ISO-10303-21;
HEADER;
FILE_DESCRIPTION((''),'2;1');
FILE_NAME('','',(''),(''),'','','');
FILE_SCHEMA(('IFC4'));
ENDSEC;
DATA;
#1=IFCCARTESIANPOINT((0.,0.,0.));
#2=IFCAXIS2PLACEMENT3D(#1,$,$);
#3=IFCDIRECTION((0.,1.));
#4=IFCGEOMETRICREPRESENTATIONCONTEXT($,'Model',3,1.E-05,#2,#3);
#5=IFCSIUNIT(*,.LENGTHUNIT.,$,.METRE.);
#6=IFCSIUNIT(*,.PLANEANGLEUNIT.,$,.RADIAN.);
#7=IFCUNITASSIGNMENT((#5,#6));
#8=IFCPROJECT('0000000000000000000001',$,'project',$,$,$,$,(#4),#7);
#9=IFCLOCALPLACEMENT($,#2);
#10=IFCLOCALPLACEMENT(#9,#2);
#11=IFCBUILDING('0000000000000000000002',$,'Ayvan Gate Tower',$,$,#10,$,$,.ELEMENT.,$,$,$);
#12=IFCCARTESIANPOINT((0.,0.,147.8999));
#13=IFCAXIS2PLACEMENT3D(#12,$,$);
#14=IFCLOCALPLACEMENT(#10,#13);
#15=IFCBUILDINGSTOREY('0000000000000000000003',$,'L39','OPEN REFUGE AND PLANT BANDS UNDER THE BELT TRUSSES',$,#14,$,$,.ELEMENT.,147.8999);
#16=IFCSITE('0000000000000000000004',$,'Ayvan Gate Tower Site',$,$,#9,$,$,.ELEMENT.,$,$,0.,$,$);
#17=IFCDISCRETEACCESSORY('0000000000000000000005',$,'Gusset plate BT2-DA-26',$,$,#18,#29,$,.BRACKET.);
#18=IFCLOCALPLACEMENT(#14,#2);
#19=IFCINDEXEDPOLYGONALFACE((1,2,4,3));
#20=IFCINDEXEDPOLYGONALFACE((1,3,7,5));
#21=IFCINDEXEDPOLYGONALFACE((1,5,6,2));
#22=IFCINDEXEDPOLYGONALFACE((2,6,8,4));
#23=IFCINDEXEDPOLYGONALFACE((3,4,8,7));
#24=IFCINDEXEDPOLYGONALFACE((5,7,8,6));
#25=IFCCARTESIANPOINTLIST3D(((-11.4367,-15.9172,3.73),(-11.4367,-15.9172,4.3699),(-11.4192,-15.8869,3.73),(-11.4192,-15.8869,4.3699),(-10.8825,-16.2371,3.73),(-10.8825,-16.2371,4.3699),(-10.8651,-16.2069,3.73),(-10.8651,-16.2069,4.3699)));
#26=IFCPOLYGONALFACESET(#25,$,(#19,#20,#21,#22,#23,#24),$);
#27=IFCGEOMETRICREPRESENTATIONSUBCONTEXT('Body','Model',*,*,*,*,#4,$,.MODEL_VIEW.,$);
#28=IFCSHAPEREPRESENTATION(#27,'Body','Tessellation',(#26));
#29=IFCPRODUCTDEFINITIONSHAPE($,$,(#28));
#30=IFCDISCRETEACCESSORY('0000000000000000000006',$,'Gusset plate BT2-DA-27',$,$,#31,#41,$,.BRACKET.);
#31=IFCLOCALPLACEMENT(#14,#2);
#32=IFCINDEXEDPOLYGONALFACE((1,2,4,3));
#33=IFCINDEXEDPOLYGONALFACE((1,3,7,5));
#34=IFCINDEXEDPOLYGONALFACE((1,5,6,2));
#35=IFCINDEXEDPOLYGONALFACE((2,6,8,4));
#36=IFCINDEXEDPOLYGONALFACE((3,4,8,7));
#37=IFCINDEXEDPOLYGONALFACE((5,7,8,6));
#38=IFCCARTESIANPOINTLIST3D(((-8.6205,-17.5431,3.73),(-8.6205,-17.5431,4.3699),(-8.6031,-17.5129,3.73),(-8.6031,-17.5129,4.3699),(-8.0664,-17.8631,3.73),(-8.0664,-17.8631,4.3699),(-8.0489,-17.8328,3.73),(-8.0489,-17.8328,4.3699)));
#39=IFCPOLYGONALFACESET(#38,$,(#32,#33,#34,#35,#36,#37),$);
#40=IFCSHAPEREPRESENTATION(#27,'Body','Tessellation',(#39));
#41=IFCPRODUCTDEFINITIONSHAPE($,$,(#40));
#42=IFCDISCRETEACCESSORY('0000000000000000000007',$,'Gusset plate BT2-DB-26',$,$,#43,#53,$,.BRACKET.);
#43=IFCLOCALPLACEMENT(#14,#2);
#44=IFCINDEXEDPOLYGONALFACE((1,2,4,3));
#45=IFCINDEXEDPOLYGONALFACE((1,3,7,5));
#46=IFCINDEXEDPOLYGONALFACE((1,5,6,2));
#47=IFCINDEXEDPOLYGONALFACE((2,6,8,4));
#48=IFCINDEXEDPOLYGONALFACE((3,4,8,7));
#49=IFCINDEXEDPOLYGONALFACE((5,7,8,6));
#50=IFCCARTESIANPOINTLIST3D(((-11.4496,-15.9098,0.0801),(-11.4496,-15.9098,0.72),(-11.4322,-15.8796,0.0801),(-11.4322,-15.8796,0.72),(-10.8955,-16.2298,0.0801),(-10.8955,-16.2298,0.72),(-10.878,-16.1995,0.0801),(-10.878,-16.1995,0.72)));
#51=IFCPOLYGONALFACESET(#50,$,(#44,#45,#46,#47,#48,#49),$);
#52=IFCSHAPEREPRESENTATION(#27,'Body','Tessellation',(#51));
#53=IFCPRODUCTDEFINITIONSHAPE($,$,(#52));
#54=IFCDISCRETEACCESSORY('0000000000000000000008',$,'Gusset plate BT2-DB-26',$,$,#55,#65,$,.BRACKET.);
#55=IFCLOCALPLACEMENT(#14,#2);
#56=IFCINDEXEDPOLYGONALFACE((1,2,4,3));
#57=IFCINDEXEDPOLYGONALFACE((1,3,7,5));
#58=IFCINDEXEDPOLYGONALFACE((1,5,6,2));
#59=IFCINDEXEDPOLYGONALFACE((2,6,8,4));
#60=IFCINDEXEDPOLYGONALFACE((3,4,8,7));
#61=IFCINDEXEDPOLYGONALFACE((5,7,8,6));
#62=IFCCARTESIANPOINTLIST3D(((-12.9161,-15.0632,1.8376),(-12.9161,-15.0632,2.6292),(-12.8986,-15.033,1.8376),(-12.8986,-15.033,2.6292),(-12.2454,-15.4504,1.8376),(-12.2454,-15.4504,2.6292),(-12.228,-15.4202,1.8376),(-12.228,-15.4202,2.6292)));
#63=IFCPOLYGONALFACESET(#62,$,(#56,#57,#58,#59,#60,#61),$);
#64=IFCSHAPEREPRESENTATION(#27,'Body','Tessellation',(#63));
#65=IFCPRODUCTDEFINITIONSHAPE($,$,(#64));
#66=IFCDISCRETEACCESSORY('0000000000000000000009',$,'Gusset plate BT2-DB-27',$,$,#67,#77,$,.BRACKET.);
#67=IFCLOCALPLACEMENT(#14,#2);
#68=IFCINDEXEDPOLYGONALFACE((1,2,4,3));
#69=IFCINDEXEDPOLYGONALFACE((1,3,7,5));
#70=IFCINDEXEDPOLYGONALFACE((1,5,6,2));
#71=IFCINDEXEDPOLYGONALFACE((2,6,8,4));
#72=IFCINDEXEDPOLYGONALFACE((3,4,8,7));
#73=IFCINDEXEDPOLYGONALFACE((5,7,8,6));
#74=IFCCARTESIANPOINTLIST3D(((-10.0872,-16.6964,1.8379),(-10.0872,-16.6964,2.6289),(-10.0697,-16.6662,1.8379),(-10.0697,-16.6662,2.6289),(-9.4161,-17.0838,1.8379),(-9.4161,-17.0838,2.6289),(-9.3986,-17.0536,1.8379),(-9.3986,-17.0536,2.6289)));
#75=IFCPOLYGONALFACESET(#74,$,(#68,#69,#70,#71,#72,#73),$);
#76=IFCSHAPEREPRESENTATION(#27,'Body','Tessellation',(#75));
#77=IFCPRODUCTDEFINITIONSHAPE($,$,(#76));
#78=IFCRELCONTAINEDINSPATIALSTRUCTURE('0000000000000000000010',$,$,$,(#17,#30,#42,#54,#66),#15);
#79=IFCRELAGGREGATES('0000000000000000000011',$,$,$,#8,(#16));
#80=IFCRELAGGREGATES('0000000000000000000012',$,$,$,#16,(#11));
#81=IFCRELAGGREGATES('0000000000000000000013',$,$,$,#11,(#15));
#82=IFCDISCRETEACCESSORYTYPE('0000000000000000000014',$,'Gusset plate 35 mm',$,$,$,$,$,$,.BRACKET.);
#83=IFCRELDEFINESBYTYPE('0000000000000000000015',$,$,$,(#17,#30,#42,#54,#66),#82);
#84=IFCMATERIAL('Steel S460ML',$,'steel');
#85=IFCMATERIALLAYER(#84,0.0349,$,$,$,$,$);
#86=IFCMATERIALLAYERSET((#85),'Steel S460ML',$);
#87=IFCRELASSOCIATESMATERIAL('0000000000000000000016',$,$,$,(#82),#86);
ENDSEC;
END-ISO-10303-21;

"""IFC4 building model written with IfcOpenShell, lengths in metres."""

from ifc_helpers import new_model, si_unit, direction, frame, origin, origin_2d, place, context, subcontext, project, spatial, rectangle, extrude, material, layer, layer_set, type_object, element, save


model = new_model("IFC4")

# Units and contexts
model_context = context("Model", 3, precision=1e-05, world=origin(), true_north=direction((0.0, 1.0)))
body_context = subcontext(model_context, "Body", "Model", "MODEL_VIEW")
ifc_project = project(units=[si_unit("LENGTHUNIT", "METRE"), si_unit("PLANEANGLEUNIT", "RADIAN")], contexts=[model_context])

# Site, building, storey
site_placement = place(None, origin())
site = spatial("IfcSite", under=ifc_project, at=site_placement, Name="Ayvan Gate Tower Site", CompositionType="ELEMENT", RefElevation=0.0)
building_placement = place(site_placement, origin())
building = spatial("IfcBuilding", under=site, at=building_placement, Name="Ayvan Gate Tower", CompositionType="ELEMENT")
storey_placement = place(building_placement, frame((0.0, 0.0, 147.8999)))
storey = spatial("IfcBuildingStorey", under=building, at=storey_placement, Name="L39", Description="OPEN REFUGE AND PLANT BANDS UNDER THE BELT TRUSSES", CompositionType="ELEMENT", Elevation=147.8999)

# Shared definitions
ifc_material_1 = material(Name="Steel S460ML", Category="steel")

# Discrete accessories
ifc_layer_1 = layer(ifc_material_1, 0.0349)
ifc_layer_set_1 = layer_set([ifc_layer_1], Name="Steel S460ML")
discrete_accessory_type_1 = type_object("IfcDiscreteAccessoryType", Name="Gusset plate 35 mm", PredefinedType="BRACKET", material=ifc_layer_set_1)
for number, where, z_axis, x_axis, name in (
    (1, (-11.1509, -16.062, 3.73), (0.0, 0.0, 1.0), (-0.866025, 0.5, 0.0), "Gusset plate BT2-DA-26"),
    (2, (-8.3347, -17.688, 3.73), (0.0, 0.0, 1.0), (-0.866025, 0.5, 0.0), "Gusset plate BT2-DA-27"),
    (3, (-11.1638, -16.0547, 0.0801), (0.0, 0.0, 1.0), (-0.866025, 0.5, 0.0), "Gusset plate BT2-DB-26"),
):
    element("IfcDiscreteAccessory", number, at=place(storey_placement, frame(where, z_axis=z_axis, x_axis=x_axis)), inside=storey, type_object=discrete_accessory_type_1, Name=name, PredefinedType="BRACKET", context=body_context, shape_type="SweptSolid", body=[
        extrude(rectangle(XDim=0.6399, YDim=0.0349, at=origin_2d()), origin(), (0.0, 0.0, 1.0), 0.6399),
    ])
discrete_accessory_1_placement = place(storey_placement, frame((-12.572, -15.2417, 1.8376), z_axis=(0.0, 0.0, 1.0), x_axis=(-0.866025, 0.5, 0.0)))
element("IfcDiscreteAccessory", 4, at=discrete_accessory_1_placement, inside=storey, type_object=discrete_accessory_type_1, Name="Gusset plate BT2-DB-26", PredefinedType="BRACKET", context=body_context, shape_type="SweptSolid", body=[
    extrude(rectangle(XDim=0.7744, YDim=0.0349, at=origin_2d()), origin(), (0.0, 0.0, 1.0), 0.7915),
])
discrete_accessory_2_placement = place(storey_placement, frame((-9.7429, -16.875, 1.8379), z_axis=(0.0, 0.0, 1.0), x_axis=(-0.866025, 0.5, 0.0)))
element("IfcDiscreteAccessory", 5, at=discrete_accessory_2_placement, inside=storey, type_object=discrete_accessory_type_1, Name="Gusset plate BT2-DB-27", PredefinedType="BRACKET", context=body_context, shape_type="SweptSolid", body=[
    extrude(rectangle(XDim=0.7749, YDim=0.0349, at=origin_2d()), origin(), (0.0, 0.0, 1.0), 0.791),
])

save(model, "model.ifc")
